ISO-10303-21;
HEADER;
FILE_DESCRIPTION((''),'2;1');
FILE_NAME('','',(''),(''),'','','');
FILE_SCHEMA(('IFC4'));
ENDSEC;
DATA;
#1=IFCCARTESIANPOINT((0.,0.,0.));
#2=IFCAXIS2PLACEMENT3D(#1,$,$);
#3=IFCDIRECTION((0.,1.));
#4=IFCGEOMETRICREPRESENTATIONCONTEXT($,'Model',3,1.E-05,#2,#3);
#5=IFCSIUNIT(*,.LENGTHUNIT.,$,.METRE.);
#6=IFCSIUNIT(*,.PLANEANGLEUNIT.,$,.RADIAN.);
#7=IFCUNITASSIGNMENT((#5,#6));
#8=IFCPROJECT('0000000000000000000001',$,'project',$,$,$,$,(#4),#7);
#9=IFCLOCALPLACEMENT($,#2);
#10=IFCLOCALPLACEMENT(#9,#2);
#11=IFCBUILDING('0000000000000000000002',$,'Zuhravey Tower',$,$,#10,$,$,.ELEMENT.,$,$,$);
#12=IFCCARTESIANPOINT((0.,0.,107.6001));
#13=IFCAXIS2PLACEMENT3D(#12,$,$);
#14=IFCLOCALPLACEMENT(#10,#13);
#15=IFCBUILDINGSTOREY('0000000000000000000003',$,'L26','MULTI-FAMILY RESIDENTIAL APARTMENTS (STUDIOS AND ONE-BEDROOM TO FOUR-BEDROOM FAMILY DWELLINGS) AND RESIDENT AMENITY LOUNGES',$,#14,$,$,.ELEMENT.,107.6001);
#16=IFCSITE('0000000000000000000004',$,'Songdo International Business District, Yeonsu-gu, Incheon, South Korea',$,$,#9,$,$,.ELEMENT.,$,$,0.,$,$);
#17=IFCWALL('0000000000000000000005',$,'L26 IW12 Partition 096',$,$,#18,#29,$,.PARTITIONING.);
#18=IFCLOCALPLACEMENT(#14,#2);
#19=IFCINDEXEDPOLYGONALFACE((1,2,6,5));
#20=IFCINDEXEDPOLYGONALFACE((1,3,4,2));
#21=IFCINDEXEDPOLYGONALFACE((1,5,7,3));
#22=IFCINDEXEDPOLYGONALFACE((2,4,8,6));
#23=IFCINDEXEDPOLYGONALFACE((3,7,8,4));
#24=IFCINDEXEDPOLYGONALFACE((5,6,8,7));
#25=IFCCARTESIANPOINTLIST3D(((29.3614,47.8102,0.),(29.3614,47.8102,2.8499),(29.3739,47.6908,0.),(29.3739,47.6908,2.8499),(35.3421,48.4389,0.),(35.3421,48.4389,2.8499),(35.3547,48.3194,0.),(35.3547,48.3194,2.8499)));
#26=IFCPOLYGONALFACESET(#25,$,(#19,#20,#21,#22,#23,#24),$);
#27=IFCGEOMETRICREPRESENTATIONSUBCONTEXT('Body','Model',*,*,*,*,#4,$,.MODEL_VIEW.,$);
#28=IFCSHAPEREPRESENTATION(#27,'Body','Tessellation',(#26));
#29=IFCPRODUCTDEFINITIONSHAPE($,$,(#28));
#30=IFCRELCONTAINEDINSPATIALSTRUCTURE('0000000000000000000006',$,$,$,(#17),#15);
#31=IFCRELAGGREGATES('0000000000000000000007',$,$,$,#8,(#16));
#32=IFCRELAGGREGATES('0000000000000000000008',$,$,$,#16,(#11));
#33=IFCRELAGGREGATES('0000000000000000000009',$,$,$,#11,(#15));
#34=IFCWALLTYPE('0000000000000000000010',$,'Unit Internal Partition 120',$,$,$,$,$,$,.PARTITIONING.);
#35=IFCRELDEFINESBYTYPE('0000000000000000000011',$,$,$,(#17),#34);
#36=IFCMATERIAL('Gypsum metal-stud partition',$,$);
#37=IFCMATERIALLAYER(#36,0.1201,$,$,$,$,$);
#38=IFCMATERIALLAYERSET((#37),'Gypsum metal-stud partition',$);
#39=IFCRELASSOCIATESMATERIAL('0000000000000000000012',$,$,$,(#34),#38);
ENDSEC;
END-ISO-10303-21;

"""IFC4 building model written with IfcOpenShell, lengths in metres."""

from ifc_helpers import new_model, si_unit, direction, frame, frame_2d, origin, place, context, subcontext, project, spatial, rectangle, extrude, material, layer, layer_set, type_object, element, save


model = new_model("IFC4")

# Units and contexts
model_context = context("Model", 3, precision=1e-05, world=origin(), true_north=direction((0.0, 1.0)))
body_context = subcontext(model_context, "Body", "Model", "MODEL_VIEW")
ifc_project = project(units=[si_unit("LENGTHUNIT", "METRE"), si_unit("PLANEANGLEUNIT", "RADIAN")], contexts=[model_context])

# Site, building, storey
site_placement = place(None, origin())
site = spatial("IfcSite", under=ifc_project, at=site_placement, Name="Songdo International Business District, Yeonsu-gu, Incheon, South Korea", CompositionType="ELEMENT", RefElevation=0.0)
building_placement = place(site_placement, origin())
building = spatial("IfcBuilding", under=site, at=building_placement, Name="Zuhravey Tower", CompositionType="ELEMENT")
storey_placement = place(building_placement, frame((0.0, 0.0, 107.6001)))
storey = spatial("IfcBuildingStorey", under=building, at=storey_placement, Name="L26", Description="MULTI-FAMILY RESIDENTIAL APARTMENTS (STUDIOS AND ONE-BEDROOM TO FOUR-BEDROOM FAMILY DWELLINGS) AND RESIDENT AMENITY LOUNGES", CompositionType="ELEMENT", Elevation=107.6001)

# Shared definitions
ifc_material_1 = material(Name="Gypsum metal-stud partition")
ifc_layer_1 = layer(ifc_material_1, 0.1201)
ifc_layer_set_1 = layer_set([ifc_layer_1], Name="Gypsum metal-stud partition")
wall_type = type_object("IfcWallType", Name="Unit Internal Partition 120", PredefinedType="PARTITIONING", material=ifc_layer_set_1)

# Wall
wall_1_placement = place(storey_placement, frame((35.3484, 48.3792, 0.0), z_axis=(0.0, 0.0, 1.0), x_axis=(-0.994521, -0.104539, 0.0)))
element("IfcWall", 1, at=wall_1_placement, inside=storey, type_object=wall_type, Name="L26 IW12 Partition 096", PredefinedType="PARTITIONING", context=body_context, shape_type="SweptSolid", body=[
    extrude(rectangle(XDim=6.0137, YDim=0.1201, at=frame_2d((3.0068, 0.0))), origin(), (0.0, 0.0, 1.0), 2.8499),
])

save(model, "model.ifc")
